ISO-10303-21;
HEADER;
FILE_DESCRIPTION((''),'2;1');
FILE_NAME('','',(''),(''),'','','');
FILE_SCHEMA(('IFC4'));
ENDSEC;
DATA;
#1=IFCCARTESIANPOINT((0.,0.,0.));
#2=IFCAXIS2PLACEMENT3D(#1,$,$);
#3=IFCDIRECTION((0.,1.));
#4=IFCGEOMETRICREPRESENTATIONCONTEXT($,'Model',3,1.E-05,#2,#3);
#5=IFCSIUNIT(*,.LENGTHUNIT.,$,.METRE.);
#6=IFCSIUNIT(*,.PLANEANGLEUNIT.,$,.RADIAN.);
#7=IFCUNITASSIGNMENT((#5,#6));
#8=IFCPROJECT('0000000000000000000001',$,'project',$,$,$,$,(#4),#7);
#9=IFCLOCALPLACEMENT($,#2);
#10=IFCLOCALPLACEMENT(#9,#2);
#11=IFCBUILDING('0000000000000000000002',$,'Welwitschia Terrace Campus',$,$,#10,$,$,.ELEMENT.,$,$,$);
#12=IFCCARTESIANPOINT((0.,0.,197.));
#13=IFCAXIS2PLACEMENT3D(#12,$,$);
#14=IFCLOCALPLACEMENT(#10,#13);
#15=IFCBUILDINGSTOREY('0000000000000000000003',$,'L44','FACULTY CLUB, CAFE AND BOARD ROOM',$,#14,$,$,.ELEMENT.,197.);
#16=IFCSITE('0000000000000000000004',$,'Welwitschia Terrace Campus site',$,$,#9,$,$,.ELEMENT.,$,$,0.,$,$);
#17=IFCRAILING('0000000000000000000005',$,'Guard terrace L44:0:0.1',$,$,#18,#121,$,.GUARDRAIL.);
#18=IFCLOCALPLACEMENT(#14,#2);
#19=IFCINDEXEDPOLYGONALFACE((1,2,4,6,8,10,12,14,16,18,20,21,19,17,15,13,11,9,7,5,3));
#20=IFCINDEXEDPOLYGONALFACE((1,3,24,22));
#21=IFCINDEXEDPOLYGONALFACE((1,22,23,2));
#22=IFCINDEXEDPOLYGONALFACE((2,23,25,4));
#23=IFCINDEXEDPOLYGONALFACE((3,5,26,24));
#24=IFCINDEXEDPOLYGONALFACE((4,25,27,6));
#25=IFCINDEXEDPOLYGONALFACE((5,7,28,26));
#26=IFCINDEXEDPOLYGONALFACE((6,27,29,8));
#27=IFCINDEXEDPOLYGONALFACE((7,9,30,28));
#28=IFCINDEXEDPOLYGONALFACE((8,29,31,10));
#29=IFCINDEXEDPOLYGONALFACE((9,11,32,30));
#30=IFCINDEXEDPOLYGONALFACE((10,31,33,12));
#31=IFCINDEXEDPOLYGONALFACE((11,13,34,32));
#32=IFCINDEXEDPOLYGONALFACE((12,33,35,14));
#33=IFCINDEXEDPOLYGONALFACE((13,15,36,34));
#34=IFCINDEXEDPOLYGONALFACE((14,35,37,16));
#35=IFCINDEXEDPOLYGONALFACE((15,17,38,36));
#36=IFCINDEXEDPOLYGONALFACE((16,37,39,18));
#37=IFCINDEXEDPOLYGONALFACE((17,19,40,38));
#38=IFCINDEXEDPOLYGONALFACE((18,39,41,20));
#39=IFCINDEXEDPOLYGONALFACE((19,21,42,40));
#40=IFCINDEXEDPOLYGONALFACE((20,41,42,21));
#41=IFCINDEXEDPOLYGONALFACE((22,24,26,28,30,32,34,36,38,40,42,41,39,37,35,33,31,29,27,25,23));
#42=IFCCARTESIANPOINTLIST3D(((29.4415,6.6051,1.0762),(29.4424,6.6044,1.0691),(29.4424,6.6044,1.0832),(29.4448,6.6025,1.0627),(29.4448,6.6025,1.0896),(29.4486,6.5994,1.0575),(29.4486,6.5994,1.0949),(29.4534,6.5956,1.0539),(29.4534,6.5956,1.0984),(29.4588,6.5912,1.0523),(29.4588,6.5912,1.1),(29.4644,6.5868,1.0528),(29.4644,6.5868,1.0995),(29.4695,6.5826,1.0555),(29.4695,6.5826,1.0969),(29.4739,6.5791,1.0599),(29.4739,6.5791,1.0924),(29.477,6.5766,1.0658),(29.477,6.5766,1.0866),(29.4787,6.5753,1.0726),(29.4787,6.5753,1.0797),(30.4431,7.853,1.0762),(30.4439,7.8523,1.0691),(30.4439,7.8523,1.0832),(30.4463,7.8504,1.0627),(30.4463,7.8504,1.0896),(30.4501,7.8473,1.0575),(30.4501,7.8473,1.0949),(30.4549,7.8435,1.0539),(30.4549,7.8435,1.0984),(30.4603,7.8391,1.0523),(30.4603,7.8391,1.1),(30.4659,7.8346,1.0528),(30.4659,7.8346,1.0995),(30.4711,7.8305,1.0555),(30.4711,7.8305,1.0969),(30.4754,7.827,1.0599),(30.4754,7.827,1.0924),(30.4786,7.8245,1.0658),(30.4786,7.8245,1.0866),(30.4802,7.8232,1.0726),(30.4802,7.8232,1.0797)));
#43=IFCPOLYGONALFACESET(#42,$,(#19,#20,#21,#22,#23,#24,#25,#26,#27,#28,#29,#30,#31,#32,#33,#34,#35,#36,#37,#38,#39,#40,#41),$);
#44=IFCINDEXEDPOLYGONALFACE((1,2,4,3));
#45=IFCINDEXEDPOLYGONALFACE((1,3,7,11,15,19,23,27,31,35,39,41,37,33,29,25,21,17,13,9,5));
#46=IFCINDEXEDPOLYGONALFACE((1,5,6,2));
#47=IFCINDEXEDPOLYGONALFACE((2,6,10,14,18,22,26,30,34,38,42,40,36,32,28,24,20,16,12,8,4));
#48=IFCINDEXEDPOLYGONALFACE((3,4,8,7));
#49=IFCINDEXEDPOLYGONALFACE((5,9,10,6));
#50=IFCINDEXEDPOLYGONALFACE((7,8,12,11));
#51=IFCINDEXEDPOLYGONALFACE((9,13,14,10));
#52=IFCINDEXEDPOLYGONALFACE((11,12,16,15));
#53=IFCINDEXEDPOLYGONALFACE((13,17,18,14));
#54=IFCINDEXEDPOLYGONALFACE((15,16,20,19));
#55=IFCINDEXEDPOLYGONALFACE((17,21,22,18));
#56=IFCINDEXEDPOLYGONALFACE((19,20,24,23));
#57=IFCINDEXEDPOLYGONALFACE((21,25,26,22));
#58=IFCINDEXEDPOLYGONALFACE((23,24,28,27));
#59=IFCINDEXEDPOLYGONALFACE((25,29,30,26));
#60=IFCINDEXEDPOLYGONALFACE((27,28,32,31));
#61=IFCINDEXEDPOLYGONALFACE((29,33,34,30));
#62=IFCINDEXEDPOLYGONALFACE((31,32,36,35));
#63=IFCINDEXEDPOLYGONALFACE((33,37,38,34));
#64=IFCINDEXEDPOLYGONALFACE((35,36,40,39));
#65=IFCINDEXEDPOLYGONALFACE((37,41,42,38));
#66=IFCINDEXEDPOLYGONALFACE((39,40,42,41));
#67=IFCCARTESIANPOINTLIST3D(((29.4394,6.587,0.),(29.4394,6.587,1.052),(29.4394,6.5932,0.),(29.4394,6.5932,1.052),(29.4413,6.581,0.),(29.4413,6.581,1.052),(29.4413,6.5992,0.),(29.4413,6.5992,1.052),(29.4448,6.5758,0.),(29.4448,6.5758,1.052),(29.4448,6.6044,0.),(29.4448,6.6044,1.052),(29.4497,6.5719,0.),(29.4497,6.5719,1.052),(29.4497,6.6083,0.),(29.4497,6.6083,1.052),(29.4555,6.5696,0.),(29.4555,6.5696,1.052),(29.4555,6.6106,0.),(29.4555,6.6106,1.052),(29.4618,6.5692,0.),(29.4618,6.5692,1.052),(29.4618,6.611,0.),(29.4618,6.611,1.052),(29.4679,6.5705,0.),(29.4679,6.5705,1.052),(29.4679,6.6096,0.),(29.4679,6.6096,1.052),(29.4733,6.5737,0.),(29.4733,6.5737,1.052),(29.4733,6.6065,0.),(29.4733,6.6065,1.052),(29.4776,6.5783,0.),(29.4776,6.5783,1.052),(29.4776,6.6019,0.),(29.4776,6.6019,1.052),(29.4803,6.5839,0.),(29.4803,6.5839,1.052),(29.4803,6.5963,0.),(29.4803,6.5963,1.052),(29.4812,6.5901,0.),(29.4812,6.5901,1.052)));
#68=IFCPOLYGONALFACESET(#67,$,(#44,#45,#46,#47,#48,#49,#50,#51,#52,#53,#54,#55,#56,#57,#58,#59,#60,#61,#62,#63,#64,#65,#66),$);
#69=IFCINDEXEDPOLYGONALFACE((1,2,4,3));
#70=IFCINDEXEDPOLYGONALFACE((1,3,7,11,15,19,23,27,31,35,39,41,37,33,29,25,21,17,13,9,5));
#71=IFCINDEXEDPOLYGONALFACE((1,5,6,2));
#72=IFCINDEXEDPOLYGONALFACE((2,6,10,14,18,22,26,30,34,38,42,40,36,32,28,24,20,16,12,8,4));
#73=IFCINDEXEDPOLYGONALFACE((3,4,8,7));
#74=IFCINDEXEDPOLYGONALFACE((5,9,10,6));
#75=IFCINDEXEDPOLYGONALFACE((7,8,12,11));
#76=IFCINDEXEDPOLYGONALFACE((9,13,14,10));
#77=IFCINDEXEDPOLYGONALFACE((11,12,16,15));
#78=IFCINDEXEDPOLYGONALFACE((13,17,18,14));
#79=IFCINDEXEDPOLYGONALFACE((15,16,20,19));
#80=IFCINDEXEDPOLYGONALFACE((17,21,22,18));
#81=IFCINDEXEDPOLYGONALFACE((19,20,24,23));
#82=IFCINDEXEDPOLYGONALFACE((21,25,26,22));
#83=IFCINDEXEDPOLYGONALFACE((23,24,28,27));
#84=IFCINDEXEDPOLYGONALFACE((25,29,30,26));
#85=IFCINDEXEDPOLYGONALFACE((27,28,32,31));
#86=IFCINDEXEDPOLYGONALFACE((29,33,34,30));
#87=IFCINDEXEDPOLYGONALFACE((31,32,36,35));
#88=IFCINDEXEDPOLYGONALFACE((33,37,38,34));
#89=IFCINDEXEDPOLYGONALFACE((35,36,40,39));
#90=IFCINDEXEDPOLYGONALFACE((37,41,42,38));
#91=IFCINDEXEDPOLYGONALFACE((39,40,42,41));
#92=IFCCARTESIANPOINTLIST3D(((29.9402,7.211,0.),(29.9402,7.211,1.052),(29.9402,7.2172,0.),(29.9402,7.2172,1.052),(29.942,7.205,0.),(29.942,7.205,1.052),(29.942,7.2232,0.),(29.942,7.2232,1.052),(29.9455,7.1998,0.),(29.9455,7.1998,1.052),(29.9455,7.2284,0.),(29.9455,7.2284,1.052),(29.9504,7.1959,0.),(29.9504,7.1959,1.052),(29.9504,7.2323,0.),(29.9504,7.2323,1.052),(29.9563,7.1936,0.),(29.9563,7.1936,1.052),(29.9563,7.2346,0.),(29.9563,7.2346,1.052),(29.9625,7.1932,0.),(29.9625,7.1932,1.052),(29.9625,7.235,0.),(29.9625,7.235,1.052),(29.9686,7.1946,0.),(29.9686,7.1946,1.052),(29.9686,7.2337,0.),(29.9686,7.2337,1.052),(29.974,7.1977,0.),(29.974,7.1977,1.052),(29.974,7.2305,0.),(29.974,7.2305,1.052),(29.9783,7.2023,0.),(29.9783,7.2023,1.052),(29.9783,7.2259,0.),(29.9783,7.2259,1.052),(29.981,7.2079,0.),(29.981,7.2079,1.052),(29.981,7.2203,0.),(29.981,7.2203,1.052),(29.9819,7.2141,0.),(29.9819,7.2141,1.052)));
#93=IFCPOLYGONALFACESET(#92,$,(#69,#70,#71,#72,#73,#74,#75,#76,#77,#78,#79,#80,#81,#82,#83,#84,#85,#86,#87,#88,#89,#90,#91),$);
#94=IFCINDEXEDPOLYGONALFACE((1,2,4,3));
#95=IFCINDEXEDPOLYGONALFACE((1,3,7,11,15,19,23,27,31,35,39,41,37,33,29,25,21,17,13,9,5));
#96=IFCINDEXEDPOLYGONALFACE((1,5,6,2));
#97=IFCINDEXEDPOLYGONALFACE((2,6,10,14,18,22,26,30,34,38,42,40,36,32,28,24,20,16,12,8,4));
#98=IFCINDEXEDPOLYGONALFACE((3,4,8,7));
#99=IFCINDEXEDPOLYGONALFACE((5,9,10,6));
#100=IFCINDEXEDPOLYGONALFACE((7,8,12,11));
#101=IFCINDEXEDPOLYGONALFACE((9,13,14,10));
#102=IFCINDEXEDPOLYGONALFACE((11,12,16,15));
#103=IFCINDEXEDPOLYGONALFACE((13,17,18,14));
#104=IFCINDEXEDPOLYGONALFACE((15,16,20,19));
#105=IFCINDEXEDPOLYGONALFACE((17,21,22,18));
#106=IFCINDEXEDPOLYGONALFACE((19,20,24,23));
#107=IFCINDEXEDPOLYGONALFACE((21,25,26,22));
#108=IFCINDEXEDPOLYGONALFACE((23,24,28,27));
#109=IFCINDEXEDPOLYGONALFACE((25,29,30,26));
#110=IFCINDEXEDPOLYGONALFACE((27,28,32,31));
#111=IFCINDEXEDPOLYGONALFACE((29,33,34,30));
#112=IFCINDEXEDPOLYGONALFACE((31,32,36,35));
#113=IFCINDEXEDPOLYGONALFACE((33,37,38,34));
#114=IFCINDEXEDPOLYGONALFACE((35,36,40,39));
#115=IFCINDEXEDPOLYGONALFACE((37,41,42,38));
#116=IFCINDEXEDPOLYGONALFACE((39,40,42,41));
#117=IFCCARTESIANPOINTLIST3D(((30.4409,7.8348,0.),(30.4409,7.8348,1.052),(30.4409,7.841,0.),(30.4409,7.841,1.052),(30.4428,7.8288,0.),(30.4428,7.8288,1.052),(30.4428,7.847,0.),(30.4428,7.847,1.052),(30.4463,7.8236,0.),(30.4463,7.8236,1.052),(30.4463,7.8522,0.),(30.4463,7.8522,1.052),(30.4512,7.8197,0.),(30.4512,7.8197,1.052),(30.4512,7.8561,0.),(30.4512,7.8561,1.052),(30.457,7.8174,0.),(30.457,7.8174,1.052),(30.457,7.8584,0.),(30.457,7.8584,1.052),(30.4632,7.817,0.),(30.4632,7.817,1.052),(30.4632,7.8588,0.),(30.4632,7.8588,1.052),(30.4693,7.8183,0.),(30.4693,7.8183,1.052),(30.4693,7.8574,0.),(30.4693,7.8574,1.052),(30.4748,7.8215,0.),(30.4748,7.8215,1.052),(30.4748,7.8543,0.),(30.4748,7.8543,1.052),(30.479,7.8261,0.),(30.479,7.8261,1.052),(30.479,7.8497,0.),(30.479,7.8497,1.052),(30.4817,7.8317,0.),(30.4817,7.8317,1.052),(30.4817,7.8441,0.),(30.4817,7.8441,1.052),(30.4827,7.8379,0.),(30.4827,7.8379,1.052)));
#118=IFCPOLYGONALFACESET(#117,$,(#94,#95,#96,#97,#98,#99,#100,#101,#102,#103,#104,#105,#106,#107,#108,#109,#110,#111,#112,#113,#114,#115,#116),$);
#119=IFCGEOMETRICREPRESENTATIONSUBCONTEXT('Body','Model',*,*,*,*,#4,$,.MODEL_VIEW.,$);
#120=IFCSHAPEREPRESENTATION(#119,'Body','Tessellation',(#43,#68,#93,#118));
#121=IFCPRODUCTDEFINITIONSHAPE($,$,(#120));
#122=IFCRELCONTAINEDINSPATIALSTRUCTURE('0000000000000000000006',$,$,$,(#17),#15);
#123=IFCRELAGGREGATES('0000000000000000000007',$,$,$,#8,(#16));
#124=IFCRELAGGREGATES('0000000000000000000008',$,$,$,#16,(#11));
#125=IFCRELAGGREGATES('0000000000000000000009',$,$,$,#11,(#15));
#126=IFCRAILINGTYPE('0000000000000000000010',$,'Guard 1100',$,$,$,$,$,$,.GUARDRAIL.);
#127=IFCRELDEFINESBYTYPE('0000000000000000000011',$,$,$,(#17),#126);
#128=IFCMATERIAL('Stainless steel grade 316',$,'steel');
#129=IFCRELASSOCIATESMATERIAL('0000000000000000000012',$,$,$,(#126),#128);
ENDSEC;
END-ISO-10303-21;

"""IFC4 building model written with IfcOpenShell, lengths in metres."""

from ifc_helpers import new_model, si_unit, direction, frame, origin, origin_2d, place, context, subcontext, project, spatial, circle, extrude, material, type_object, element, save


model = new_model("IFC4")

# Units and contexts
model_context = context("Model", 3, precision=1e-05, world=origin(), true_north=direction((0.0, 1.0)))
body_context = subcontext(model_context, "Body", "Model", "MODEL_VIEW")
ifc_project = project(units=[si_unit("LENGTHUNIT", "METRE"), si_unit("PLANEANGLEUNIT", "RADIAN")], contexts=[model_context])

# Site, building, storey
site_placement = place(None, origin())
site = spatial("IfcSite", under=ifc_project, at=site_placement, Name="Welwitschia Terrace Campus site", CompositionType="ELEMENT", RefElevation=0.0)
building_placement = place(site_placement, origin())
building = spatial("IfcBuilding", under=site, at=building_placement, Name="Welwitschia Terrace Campus", CompositionType="ELEMENT")
storey_placement = place(building_placement, frame((0.0, 0.0, 197.0)))
storey = spatial("IfcBuildingStorey", under=building, at=storey_placement, Name="L44", Description="FACULTY CLUB, CAFE AND BOARD ROOM", CompositionType="ELEMENT", Elevation=197.0)

# Railing
ifc_material_1 = material(Name="Stainless steel grade 316", Category="steel")
railing_type_1 = type_object("IfcRailingType", Name="Guard 1100", PredefinedType="GUARDRAIL", material=ifc_material_1)
railing_1_placement = place(storey_placement, frame((29.4602, 6.5901, 0.0)))
element("IfcRailing", 1, at=railing_1_placement, inside=storey, type_object=railing_type_1, Name="Guard terrace L44:0:0.1", PredefinedType="GUARDRAIL", context=body_context, shape_type="SweptSolid", body=[
    extrude(circle(Radius=0.0239, at=origin_2d()), frame((0.0, 0.0, 1.0762), z_axis=(0.625922, 0.779885, 0.0), x_axis=(-0.779885, 0.625922, 0.0)), (0.0, 0.0, 1.0), 1.6001),
    extrude(circle(Radius=0.021, at=origin_2d()), origin(), (0.0, 0.0, 1.0), 1.052),
    extrude(circle(Radius=0.021, at=origin_2d()), frame((0.5007, 0.624, 0.0)), (0.0, 0.0, 1.0), 1.052),
    extrude(circle(Radius=0.021, at=origin_2d()), frame((1.0015, 1.2478, 0.0)), (0.0, 0.0, 1.0), 1.052),
])

save(model, "model.ifc")
